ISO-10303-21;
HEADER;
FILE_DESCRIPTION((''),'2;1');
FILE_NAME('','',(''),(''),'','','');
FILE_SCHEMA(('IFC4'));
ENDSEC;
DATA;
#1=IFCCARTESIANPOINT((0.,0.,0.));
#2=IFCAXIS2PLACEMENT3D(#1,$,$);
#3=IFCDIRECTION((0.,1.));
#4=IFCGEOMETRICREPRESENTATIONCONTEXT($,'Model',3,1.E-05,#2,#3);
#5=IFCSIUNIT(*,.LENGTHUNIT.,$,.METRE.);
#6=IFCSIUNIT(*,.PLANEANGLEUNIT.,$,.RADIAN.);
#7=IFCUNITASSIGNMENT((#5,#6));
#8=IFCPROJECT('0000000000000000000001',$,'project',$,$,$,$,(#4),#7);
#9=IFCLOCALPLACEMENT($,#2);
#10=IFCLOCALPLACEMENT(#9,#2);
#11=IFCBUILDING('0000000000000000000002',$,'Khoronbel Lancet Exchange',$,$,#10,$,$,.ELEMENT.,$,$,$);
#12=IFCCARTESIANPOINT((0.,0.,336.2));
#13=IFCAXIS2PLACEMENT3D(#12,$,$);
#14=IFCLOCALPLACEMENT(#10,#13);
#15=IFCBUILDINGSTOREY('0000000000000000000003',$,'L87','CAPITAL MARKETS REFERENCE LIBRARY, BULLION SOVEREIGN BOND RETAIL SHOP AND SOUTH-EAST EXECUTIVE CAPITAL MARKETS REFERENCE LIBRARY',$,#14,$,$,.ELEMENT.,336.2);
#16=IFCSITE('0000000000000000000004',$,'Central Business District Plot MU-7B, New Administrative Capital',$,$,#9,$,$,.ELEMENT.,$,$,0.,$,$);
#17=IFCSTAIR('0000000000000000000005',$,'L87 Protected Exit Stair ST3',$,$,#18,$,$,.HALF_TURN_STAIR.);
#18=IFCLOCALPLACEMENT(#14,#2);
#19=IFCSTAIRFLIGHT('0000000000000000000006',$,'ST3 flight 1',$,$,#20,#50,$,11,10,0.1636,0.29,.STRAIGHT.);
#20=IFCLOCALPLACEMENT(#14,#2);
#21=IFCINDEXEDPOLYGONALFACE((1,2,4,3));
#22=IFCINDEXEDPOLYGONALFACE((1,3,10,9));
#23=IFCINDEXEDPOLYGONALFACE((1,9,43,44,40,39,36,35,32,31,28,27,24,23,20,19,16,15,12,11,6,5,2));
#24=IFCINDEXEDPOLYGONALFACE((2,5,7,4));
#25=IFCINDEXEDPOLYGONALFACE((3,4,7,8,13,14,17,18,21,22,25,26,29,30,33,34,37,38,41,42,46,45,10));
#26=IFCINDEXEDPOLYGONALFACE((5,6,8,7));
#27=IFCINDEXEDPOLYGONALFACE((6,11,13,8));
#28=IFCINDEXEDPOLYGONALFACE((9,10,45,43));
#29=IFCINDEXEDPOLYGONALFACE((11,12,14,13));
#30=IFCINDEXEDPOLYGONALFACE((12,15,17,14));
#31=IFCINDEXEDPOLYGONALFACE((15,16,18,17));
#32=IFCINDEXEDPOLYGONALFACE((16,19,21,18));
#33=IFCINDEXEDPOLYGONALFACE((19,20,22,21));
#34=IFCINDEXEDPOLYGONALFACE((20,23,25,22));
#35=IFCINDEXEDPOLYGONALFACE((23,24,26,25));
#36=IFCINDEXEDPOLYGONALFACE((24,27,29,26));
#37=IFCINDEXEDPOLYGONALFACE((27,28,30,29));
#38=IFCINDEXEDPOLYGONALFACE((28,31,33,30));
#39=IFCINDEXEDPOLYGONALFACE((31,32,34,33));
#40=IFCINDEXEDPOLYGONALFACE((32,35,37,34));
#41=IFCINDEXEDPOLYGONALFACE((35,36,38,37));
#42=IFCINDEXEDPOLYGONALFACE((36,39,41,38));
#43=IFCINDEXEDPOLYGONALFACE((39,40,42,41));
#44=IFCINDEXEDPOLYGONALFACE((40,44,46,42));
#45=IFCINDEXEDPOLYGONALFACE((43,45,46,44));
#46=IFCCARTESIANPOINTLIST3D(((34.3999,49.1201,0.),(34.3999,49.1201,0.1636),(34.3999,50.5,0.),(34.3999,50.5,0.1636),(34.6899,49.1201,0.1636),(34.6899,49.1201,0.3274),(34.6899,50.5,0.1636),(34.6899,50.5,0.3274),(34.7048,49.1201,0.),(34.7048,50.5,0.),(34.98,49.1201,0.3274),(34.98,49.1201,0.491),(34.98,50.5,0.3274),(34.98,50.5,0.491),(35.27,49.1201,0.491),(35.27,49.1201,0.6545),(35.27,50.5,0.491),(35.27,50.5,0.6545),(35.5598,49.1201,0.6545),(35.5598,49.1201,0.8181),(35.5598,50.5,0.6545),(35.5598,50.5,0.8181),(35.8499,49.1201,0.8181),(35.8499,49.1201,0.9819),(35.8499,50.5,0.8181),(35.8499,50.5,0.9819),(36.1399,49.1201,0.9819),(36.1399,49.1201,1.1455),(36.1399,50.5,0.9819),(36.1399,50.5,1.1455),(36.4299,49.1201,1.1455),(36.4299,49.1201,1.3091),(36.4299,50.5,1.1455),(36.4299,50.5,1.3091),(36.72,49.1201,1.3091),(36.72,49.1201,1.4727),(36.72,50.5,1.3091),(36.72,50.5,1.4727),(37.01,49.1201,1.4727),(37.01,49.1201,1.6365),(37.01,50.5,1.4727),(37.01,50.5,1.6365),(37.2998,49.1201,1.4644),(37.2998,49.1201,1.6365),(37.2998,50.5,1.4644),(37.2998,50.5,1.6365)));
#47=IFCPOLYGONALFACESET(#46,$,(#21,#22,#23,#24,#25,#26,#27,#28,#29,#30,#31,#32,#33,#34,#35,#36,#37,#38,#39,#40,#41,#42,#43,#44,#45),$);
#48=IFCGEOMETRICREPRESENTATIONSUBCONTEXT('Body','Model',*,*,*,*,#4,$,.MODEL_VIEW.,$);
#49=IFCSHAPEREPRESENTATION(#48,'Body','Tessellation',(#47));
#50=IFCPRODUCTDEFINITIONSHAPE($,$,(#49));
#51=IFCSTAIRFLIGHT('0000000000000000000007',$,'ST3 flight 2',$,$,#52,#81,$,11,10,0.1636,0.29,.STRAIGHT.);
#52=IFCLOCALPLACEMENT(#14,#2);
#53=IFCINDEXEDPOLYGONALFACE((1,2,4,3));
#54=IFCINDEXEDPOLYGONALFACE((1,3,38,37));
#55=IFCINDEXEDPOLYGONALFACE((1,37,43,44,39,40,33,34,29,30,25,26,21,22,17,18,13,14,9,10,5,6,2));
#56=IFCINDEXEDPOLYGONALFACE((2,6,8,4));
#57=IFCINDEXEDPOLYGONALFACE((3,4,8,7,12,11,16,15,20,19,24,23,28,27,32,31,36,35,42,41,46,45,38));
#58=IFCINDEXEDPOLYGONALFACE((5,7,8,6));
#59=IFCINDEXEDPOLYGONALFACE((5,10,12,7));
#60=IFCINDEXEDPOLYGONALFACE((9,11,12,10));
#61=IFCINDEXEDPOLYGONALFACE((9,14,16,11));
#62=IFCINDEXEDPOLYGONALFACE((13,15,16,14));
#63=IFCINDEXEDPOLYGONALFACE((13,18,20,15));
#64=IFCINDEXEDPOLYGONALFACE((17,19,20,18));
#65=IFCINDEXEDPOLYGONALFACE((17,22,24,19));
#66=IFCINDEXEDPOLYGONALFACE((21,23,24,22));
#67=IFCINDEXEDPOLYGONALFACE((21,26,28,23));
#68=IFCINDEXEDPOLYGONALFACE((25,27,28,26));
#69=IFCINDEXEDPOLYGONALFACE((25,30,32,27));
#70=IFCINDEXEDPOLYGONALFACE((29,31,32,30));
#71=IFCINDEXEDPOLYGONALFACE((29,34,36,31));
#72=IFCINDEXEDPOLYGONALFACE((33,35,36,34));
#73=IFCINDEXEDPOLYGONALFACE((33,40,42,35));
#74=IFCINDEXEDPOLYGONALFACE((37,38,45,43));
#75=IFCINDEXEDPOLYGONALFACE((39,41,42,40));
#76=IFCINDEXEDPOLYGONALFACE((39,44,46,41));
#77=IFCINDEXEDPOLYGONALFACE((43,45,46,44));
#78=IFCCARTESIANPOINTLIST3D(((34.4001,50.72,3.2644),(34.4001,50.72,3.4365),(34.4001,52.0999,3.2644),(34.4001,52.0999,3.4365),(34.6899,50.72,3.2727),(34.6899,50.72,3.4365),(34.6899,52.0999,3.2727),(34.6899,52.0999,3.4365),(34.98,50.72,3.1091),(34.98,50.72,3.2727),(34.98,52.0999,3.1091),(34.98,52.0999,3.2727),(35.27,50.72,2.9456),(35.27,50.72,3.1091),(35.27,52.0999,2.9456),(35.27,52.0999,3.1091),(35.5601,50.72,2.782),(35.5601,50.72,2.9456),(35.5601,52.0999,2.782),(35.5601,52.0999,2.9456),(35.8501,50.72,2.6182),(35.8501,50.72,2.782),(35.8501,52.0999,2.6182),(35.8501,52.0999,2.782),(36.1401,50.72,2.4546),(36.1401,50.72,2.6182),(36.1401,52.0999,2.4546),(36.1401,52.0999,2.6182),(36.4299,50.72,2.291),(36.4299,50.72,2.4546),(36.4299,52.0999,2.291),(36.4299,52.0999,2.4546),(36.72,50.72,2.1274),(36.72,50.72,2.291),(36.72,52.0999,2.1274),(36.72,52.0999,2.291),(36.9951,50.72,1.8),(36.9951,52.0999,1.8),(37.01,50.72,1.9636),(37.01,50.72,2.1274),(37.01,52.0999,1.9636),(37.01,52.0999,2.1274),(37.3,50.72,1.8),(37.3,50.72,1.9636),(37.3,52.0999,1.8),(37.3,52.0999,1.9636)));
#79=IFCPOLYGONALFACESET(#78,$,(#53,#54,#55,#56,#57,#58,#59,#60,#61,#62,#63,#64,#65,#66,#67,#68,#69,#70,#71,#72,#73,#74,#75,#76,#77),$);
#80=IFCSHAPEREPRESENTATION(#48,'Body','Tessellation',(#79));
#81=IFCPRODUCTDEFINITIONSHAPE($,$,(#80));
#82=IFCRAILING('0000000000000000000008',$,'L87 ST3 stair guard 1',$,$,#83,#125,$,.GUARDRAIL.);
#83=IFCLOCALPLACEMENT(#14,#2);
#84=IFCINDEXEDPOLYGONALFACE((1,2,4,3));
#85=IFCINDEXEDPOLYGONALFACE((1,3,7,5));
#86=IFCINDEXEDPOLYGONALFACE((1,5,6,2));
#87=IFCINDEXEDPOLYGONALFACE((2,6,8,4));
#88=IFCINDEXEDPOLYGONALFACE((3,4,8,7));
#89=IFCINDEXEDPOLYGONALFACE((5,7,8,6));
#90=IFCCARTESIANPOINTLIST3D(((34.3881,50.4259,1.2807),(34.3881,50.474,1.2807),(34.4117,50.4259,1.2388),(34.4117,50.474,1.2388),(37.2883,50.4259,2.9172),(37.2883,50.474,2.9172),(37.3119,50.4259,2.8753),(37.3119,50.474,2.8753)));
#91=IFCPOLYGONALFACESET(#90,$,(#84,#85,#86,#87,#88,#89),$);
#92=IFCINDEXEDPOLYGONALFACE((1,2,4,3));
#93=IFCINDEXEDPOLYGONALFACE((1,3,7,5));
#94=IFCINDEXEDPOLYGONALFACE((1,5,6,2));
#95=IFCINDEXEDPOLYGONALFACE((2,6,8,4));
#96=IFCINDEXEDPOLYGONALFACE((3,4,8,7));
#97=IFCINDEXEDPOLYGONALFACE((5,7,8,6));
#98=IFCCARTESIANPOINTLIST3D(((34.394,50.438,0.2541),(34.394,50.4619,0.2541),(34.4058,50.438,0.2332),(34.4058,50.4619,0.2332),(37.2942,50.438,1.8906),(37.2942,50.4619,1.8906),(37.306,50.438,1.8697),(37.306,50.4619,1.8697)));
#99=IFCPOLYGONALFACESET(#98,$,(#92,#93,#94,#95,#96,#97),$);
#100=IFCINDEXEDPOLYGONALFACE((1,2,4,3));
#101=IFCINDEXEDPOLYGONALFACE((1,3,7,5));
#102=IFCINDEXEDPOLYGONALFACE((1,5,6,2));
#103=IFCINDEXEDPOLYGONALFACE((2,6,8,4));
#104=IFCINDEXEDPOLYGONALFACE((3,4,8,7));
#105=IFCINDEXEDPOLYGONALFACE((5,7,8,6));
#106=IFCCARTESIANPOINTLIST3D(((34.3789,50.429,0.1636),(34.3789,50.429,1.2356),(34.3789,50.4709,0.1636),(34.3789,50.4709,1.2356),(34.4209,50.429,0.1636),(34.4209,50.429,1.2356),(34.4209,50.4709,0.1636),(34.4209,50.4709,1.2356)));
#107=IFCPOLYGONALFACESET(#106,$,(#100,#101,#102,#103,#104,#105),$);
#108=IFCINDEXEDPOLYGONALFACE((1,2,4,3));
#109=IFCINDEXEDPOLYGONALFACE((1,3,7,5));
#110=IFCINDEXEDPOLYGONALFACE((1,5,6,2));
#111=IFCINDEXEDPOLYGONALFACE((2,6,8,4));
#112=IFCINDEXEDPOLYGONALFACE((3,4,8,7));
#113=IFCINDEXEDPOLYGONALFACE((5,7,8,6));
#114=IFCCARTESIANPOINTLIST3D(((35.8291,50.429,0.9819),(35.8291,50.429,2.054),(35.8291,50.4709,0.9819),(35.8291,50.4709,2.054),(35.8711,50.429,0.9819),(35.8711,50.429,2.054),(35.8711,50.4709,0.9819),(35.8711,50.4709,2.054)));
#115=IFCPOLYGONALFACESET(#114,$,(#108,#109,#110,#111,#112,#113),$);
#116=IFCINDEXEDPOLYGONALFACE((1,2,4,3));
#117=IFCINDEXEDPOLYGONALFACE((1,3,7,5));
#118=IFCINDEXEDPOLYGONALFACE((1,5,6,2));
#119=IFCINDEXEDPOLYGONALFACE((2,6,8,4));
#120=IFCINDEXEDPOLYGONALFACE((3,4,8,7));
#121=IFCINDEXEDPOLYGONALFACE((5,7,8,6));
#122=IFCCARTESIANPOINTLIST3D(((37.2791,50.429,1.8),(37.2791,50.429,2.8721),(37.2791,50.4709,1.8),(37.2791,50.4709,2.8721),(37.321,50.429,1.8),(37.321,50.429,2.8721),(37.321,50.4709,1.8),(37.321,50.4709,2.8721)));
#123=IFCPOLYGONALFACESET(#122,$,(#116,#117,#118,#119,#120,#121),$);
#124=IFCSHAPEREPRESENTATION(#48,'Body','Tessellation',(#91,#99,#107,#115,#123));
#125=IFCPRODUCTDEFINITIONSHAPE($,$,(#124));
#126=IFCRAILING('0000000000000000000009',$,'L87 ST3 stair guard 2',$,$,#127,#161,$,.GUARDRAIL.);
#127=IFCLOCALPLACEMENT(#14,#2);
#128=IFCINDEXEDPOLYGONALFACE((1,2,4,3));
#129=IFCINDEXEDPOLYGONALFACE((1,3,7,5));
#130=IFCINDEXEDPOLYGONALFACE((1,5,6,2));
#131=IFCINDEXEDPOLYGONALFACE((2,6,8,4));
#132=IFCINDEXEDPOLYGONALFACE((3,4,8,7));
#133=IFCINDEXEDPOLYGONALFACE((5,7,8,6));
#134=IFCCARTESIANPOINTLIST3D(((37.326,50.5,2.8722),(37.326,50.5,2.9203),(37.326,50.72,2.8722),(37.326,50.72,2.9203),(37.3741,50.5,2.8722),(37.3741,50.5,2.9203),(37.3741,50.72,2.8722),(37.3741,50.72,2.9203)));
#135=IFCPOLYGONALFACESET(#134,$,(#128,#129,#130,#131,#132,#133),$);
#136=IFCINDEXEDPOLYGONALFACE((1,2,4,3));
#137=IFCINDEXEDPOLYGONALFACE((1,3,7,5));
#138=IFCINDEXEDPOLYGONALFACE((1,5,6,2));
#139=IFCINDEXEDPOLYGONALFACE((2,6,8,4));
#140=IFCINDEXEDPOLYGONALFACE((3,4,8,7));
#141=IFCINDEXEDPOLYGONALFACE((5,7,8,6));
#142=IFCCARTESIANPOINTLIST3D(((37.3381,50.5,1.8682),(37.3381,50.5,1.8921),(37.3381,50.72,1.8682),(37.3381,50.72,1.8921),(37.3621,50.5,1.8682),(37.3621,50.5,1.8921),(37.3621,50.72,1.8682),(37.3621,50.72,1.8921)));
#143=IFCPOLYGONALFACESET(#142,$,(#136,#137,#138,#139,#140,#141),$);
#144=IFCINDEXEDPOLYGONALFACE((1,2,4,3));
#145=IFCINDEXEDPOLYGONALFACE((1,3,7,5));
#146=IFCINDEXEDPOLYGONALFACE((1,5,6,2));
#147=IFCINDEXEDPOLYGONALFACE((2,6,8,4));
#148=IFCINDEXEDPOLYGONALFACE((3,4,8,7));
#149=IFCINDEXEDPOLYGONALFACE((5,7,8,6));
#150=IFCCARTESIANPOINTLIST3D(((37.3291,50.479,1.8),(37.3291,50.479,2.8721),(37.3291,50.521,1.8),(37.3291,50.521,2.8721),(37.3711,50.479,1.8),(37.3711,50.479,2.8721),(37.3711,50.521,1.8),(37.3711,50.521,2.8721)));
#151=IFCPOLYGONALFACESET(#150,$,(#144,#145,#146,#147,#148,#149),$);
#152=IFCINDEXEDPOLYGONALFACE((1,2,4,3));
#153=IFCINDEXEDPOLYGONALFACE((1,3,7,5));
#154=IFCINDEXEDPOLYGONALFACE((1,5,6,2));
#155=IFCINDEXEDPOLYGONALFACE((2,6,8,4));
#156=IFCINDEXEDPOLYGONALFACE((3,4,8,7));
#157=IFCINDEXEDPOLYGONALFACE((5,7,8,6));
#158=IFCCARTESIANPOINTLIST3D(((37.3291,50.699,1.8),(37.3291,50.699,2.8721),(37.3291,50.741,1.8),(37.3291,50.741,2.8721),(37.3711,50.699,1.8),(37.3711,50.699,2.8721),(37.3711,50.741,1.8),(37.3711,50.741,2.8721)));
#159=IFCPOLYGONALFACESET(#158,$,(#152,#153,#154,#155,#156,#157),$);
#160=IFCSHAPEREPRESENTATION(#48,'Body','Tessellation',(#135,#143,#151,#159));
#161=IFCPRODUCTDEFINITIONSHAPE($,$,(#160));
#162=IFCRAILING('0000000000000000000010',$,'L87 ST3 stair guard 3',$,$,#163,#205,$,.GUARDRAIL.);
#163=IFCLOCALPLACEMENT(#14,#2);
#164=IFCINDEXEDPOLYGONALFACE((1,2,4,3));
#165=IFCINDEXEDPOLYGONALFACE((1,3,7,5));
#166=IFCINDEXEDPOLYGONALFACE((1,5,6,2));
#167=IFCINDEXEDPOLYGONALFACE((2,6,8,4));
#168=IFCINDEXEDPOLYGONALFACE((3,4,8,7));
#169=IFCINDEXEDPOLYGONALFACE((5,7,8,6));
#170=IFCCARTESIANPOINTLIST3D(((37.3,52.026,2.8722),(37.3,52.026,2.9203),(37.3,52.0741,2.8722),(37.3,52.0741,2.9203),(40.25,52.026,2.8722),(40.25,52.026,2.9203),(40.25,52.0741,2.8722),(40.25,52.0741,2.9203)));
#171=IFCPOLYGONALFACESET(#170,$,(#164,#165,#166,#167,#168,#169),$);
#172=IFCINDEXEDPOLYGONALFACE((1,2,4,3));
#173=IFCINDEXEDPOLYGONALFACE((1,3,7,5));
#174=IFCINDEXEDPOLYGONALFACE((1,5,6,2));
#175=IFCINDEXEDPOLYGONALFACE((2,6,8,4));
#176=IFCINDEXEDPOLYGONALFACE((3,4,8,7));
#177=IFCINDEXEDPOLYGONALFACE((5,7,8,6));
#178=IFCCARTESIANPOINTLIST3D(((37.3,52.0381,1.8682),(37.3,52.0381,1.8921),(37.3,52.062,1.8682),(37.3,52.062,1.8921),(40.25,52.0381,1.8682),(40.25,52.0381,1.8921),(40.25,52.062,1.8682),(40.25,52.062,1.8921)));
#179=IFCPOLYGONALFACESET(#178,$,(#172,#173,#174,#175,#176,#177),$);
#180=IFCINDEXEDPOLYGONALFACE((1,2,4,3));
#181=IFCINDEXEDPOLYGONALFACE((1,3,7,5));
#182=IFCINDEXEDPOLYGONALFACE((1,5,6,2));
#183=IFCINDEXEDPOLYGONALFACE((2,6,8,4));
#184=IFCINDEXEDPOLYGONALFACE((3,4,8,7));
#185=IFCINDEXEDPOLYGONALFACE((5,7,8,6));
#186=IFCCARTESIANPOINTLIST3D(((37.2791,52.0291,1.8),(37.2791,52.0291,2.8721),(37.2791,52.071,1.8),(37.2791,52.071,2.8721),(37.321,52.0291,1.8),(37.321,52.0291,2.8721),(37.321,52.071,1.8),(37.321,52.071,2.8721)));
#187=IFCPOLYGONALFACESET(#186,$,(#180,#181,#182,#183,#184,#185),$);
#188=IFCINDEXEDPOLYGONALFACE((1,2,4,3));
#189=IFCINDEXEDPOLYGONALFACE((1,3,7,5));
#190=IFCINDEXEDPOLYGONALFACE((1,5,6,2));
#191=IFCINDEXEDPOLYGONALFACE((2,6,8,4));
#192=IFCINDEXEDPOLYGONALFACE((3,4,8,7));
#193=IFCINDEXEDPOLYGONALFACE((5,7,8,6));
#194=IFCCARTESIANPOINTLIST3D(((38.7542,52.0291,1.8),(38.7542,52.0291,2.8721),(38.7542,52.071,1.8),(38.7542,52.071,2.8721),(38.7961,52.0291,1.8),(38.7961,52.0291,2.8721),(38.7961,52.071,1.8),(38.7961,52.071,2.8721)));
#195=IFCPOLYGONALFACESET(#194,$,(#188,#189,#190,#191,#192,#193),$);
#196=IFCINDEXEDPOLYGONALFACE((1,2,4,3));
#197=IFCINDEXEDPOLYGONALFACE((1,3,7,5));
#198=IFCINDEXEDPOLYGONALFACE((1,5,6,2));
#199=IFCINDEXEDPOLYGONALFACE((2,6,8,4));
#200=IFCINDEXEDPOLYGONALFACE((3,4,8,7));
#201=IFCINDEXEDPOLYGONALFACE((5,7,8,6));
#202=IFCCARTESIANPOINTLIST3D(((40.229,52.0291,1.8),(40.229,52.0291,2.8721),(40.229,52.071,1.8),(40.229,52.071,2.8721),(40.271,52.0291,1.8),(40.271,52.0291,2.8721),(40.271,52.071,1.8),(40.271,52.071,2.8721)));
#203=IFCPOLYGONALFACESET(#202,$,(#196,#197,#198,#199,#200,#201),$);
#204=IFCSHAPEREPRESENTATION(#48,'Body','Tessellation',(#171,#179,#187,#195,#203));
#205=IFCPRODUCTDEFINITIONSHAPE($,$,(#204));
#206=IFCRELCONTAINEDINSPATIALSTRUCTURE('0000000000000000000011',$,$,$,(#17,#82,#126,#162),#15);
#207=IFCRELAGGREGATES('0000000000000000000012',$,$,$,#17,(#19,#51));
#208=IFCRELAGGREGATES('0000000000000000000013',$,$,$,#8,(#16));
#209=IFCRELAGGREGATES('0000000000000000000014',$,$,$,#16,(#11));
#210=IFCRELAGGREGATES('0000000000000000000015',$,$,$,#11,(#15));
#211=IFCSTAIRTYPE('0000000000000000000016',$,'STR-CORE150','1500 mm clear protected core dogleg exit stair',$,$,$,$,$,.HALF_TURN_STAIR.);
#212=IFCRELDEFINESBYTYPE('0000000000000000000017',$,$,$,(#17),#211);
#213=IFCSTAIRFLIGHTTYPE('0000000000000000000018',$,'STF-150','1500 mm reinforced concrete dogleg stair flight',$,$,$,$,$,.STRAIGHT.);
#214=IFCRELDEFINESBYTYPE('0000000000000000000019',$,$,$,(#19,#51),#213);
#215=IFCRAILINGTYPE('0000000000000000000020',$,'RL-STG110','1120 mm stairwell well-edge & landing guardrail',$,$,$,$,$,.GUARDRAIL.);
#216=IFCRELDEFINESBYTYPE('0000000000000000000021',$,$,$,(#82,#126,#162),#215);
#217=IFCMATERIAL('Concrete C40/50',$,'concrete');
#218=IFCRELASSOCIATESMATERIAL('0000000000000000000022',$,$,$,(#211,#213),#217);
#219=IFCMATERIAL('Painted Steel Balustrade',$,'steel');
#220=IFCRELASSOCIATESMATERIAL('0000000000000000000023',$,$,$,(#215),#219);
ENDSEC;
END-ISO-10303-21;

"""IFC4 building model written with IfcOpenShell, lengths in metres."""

from ifc_helpers import new_model, si_unit, direction, frame, origin, origin_2d, place, context, subcontext, project, spatial, polyline, rectangle, outline, extrude, material, type_object, element, aggregate, save


model = new_model("IFC4")

# Units and contexts
model_context = context("Model", 3, precision=1e-05, world=origin(), true_north=direction((0.0, 1.0)))
body_context = subcontext(model_context, "Body", "Model", "MODEL_VIEW")
ifc_project = project(units=[si_unit("LENGTHUNIT", "METRE"), si_unit("PLANEANGLEUNIT", "RADIAN")], contexts=[model_context])

# Site, building, storey
site_placement = place(None, origin())
site = spatial("IfcSite", under=ifc_project, at=site_placement, Name="Central Business District Plot MU-7B, New Administrative Capital", CompositionType="ELEMENT", RefElevation=0.0)
building_placement = place(site_placement, origin())
building = spatial("IfcBuilding", under=site, at=building_placement, Name="Khoronbel Lancet Exchange", CompositionType="ELEMENT")
storey_placement = place(building_placement, frame((0.0, 0.0, 336.2)))
storey = spatial("IfcBuildingStorey", under=building, at=storey_placement, Name="L87", Description="CAPITAL MARKETS REFERENCE LIBRARY, BULLION SOVEREIGN BOND RETAIL SHOP AND SOUTH-EAST EXECUTIVE CAPITAL MARKETS REFERENCE LIBRARY", CompositionType="ELEMENT", Elevation=336.2)

# Stair, stair flights
ifc_material_1 = material(Name="Concrete C40/50", Category="concrete")
stair_type = type_object("IfcStairType", Name="STR-CORE150", Description="1500 mm clear protected core dogleg exit stair", PredefinedType="HALF_TURN_STAIR", material=ifc_material_1)
stair_placement = place(storey_placement, origin())
stair = element("IfcStair", 1, at=stair_placement, inside=storey, type_object=stair_type, Name="L87 Protected Exit Stair ST3", PredefinedType="HALF_TURN_STAIR")
stair_flight_type = type_object("IfcStairFlightType", Name="STF-150", Description="1500 mm reinforced concrete dogleg stair flight", PredefinedType="STRAIGHT", material=ifc_material_1)
stair_flight_1_placement = place(storey_placement, frame((34.3999, 49.8101, 0.0), z_axis=(0.0, 0.0, 1.0), x_axis=(1.0, 0.0, 0.0)))
stair_flight_1 = element("IfcStairFlight", 2, at=stair_flight_1_placement, type_object=stair_flight_type, Name="ST3 flight 1", NumberOfRisers=11, NumberOfTreads=10, PredefinedType="STRAIGHT", RiserHeight=0.1636, TreadLength=0.29, context=body_context, shape_type="SweptSolid", body=[
    extrude(outline(polyline([(0.0, 0.0), (0.0, 0.1636), (0.29, 0.1636), (0.29, 0.3274), (0.5801, 0.3274), (0.5801, 0.491), (0.8701, 0.491), (0.8701, 0.6545), (1.1599, 0.6545), (1.1599, 0.8181), (1.45, 0.8181), (1.45, 0.9819), (1.74, 0.9819), (1.74, 1.1455), (2.03, 1.1455), (2.03, 1.3091), (2.3201, 1.3091), (2.3201, 1.4727), (2.6101, 1.4727), (2.6101, 1.6365), (2.8999, 1.6365), (2.8999, 1.8), (2.8999, 1.4644), (0.3049, 0.0), (0.0, 0.0)])), frame((0.0, 0.6899, 0.0), z_axis=(0.0, -1.0, 0.0), x_axis=(1.0, 0.0, 0.0)), (0.0, 0.0, 1.0), 1.3799),
])
stair_flight_2_placement = place(storey_placement, frame((37.3, 51.4099, 1.8), z_axis=(0.0, 0.0, 1.0), x_axis=(-1.0, 0.0, 0.0)))
stair_flight_2 = element("IfcStairFlight", 3, at=stair_flight_2_placement, type_object=stair_flight_type, Name="ST3 flight 2", NumberOfRisers=11, NumberOfTreads=10, PredefinedType="STRAIGHT", RiserHeight=0.1636, TreadLength=0.29, context=body_context, shape_type="SweptSolid", body=[
    extrude(outline(polyline([(0.0, 0.0), (0.0, 0.1636), (0.29, 0.1636), (0.29, 0.3274), (0.5801, 0.3274), (0.5801, 0.491), (0.8701, 0.491), (0.8701, 0.6545), (1.1599, 0.6545), (1.1599, 0.8181), (1.45, 0.8181), (1.45, 0.9819), (1.74, 0.9819), (1.74, 1.1455), (2.03, 1.1455), (2.03, 1.3091), (2.3201, 1.3091), (2.3201, 1.4727), (2.6101, 1.4727), (2.6101, 1.6365), (2.8999, 1.6365), (2.8999, 1.8), (2.8999, 1.4644), (0.3049, 0.0), (0.0, 0.0)])), frame((0.0, 0.6899, 0.0), z_axis=(0.0, -1.0, 0.0), x_axis=(1.0, 0.0, 0.0)), (0.0, 0.0, 1.0), 1.3799),
])
aggregate(stair, [stair_flight_1, stair_flight_2])

# Railings
ifc_material_2 = material(Name="Painted Steel Balustrade", Category="steel")
railing_type_1 = type_object("IfcRailingType", Name="RL-STG110", Description="1120 mm stairwell well-edge & landing guardrail", PredefinedType="GUARDRAIL", material=ifc_material_2)
railing_1_placement = place(storey_placement, frame((34.3999, 50.45, 0.1636)))
element("IfcRailing", 4, at=railing_1_placement, inside=storey, type_object=railing_type_1, Name="L87 ST3 stair guard 1", PredefinedType="GUARDRAIL", context=body_context, shape_type="SweptSolid", body=[
    extrude(rectangle(XDim=0.0481, YDim=0.0481, at=origin_2d()), frame((0.0, 0.0, 1.0962), z_axis=(0.870915, 0.0, 0.491434), x_axis=(0.0, 1.0, 0.0)), (0.0, 0.0, 1.0), 3.3301),
    extrude(rectangle(XDim=0.0239, YDim=0.0239, at=origin_2d()), frame((0.0, 0.0, 0.0801), z_axis=(0.870915, 0.0, 0.491434), x_axis=(0.0, 1.0, 0.0)), (0.0, 0.0, 1.0), 3.3301),
    extrude(rectangle(XDim=0.042, YDim=0.042, at=origin_2d()), origin(), (0.0, 0.0, 1.0), 1.072),
    extrude(rectangle(XDim=0.042, YDim=0.042, at=origin_2d()), frame((1.4502, 0.0, 0.8184)), (0.0, 0.0, 1.0), 1.072),
    extrude(rectangle(XDim=0.042, YDim=0.042, at=origin_2d()), frame((2.9001, 0.0, 1.6365)), (0.0, 0.0, 1.0), 1.072),
])
railing_2_placement = place(storey_placement, frame((37.3501, 50.5, 1.8)))
element("IfcRailing", 5, at=railing_2_placement, inside=storey, type_object=railing_type_1, Name="L87 ST3 stair guard 2", PredefinedType="GUARDRAIL", context=body_context, shape_type="SweptSolid", body=[
    extrude(rectangle(XDim=0.0481, YDim=0.0481, at=origin_2d()), frame((0.0, 0.0, 1.0962), z_axis=(0.0, 1.0, 0.0), x_axis=(-1.0, 0.0, 0.0)), (0.0, 0.0, 1.0), 0.22),
    extrude(rectangle(XDim=0.0239, YDim=0.0239, at=origin_2d()), frame((0.0, 0.0, 0.0801), z_axis=(0.0, 1.0, 0.0), x_axis=(-1.0, 0.0, 0.0)), (0.0, 0.0, 1.0), 0.22),
    extrude(rectangle(XDim=0.042, YDim=0.042, at=origin_2d()), origin(), (0.0, 0.0, 1.0), 1.072),
    extrude(rectangle(XDim=0.042, YDim=0.042, at=origin_2d()), frame((0.0, 0.22, 0.0)), (0.0, 0.0, 1.0), 1.072),
])
railing_3_placement = place(storey_placement, frame((37.3, 52.05, 1.8)))
element("IfcRailing", 6, at=railing_3_placement, inside=storey, type_object=railing_type_1, Name="L87 ST3 stair guard 3", PredefinedType="GUARDRAIL", context=body_context, shape_type="SweptSolid", body=[
    extrude(rectangle(XDim=0.0481, YDim=0.0481, at=origin_2d()), frame((0.0, 0.0, 1.0962), z_axis=(1.0, 0.0, 0.0), x_axis=(0.0, 1.0, 0.0)), (0.0, 0.0, 1.0), 2.95),
    extrude(rectangle(XDim=0.0239, YDim=0.0239, at=origin_2d()), frame((0.0, 0.0, 0.0801), z_axis=(1.0, 0.0, 0.0), x_axis=(0.0, 1.0, 0.0)), (0.0, 0.0, 1.0), 2.95),
    extrude(rectangle(XDim=0.042, YDim=0.042, at=origin_2d()), origin(), (0.0, 0.0, 1.0), 1.072),
    extrude(rectangle(XDim=0.042, YDim=0.042, at=origin_2d()), frame((1.4751, 0.0, 0.0)), (0.0, 0.0, 1.0), 1.072),
    extrude(rectangle(XDim=0.042, YDim=0.042, at=origin_2d()), frame((2.95, 0.0, 0.0)), (0.0, 0.0, 1.0), 1.072),
])

save(model, "model.ifc")
